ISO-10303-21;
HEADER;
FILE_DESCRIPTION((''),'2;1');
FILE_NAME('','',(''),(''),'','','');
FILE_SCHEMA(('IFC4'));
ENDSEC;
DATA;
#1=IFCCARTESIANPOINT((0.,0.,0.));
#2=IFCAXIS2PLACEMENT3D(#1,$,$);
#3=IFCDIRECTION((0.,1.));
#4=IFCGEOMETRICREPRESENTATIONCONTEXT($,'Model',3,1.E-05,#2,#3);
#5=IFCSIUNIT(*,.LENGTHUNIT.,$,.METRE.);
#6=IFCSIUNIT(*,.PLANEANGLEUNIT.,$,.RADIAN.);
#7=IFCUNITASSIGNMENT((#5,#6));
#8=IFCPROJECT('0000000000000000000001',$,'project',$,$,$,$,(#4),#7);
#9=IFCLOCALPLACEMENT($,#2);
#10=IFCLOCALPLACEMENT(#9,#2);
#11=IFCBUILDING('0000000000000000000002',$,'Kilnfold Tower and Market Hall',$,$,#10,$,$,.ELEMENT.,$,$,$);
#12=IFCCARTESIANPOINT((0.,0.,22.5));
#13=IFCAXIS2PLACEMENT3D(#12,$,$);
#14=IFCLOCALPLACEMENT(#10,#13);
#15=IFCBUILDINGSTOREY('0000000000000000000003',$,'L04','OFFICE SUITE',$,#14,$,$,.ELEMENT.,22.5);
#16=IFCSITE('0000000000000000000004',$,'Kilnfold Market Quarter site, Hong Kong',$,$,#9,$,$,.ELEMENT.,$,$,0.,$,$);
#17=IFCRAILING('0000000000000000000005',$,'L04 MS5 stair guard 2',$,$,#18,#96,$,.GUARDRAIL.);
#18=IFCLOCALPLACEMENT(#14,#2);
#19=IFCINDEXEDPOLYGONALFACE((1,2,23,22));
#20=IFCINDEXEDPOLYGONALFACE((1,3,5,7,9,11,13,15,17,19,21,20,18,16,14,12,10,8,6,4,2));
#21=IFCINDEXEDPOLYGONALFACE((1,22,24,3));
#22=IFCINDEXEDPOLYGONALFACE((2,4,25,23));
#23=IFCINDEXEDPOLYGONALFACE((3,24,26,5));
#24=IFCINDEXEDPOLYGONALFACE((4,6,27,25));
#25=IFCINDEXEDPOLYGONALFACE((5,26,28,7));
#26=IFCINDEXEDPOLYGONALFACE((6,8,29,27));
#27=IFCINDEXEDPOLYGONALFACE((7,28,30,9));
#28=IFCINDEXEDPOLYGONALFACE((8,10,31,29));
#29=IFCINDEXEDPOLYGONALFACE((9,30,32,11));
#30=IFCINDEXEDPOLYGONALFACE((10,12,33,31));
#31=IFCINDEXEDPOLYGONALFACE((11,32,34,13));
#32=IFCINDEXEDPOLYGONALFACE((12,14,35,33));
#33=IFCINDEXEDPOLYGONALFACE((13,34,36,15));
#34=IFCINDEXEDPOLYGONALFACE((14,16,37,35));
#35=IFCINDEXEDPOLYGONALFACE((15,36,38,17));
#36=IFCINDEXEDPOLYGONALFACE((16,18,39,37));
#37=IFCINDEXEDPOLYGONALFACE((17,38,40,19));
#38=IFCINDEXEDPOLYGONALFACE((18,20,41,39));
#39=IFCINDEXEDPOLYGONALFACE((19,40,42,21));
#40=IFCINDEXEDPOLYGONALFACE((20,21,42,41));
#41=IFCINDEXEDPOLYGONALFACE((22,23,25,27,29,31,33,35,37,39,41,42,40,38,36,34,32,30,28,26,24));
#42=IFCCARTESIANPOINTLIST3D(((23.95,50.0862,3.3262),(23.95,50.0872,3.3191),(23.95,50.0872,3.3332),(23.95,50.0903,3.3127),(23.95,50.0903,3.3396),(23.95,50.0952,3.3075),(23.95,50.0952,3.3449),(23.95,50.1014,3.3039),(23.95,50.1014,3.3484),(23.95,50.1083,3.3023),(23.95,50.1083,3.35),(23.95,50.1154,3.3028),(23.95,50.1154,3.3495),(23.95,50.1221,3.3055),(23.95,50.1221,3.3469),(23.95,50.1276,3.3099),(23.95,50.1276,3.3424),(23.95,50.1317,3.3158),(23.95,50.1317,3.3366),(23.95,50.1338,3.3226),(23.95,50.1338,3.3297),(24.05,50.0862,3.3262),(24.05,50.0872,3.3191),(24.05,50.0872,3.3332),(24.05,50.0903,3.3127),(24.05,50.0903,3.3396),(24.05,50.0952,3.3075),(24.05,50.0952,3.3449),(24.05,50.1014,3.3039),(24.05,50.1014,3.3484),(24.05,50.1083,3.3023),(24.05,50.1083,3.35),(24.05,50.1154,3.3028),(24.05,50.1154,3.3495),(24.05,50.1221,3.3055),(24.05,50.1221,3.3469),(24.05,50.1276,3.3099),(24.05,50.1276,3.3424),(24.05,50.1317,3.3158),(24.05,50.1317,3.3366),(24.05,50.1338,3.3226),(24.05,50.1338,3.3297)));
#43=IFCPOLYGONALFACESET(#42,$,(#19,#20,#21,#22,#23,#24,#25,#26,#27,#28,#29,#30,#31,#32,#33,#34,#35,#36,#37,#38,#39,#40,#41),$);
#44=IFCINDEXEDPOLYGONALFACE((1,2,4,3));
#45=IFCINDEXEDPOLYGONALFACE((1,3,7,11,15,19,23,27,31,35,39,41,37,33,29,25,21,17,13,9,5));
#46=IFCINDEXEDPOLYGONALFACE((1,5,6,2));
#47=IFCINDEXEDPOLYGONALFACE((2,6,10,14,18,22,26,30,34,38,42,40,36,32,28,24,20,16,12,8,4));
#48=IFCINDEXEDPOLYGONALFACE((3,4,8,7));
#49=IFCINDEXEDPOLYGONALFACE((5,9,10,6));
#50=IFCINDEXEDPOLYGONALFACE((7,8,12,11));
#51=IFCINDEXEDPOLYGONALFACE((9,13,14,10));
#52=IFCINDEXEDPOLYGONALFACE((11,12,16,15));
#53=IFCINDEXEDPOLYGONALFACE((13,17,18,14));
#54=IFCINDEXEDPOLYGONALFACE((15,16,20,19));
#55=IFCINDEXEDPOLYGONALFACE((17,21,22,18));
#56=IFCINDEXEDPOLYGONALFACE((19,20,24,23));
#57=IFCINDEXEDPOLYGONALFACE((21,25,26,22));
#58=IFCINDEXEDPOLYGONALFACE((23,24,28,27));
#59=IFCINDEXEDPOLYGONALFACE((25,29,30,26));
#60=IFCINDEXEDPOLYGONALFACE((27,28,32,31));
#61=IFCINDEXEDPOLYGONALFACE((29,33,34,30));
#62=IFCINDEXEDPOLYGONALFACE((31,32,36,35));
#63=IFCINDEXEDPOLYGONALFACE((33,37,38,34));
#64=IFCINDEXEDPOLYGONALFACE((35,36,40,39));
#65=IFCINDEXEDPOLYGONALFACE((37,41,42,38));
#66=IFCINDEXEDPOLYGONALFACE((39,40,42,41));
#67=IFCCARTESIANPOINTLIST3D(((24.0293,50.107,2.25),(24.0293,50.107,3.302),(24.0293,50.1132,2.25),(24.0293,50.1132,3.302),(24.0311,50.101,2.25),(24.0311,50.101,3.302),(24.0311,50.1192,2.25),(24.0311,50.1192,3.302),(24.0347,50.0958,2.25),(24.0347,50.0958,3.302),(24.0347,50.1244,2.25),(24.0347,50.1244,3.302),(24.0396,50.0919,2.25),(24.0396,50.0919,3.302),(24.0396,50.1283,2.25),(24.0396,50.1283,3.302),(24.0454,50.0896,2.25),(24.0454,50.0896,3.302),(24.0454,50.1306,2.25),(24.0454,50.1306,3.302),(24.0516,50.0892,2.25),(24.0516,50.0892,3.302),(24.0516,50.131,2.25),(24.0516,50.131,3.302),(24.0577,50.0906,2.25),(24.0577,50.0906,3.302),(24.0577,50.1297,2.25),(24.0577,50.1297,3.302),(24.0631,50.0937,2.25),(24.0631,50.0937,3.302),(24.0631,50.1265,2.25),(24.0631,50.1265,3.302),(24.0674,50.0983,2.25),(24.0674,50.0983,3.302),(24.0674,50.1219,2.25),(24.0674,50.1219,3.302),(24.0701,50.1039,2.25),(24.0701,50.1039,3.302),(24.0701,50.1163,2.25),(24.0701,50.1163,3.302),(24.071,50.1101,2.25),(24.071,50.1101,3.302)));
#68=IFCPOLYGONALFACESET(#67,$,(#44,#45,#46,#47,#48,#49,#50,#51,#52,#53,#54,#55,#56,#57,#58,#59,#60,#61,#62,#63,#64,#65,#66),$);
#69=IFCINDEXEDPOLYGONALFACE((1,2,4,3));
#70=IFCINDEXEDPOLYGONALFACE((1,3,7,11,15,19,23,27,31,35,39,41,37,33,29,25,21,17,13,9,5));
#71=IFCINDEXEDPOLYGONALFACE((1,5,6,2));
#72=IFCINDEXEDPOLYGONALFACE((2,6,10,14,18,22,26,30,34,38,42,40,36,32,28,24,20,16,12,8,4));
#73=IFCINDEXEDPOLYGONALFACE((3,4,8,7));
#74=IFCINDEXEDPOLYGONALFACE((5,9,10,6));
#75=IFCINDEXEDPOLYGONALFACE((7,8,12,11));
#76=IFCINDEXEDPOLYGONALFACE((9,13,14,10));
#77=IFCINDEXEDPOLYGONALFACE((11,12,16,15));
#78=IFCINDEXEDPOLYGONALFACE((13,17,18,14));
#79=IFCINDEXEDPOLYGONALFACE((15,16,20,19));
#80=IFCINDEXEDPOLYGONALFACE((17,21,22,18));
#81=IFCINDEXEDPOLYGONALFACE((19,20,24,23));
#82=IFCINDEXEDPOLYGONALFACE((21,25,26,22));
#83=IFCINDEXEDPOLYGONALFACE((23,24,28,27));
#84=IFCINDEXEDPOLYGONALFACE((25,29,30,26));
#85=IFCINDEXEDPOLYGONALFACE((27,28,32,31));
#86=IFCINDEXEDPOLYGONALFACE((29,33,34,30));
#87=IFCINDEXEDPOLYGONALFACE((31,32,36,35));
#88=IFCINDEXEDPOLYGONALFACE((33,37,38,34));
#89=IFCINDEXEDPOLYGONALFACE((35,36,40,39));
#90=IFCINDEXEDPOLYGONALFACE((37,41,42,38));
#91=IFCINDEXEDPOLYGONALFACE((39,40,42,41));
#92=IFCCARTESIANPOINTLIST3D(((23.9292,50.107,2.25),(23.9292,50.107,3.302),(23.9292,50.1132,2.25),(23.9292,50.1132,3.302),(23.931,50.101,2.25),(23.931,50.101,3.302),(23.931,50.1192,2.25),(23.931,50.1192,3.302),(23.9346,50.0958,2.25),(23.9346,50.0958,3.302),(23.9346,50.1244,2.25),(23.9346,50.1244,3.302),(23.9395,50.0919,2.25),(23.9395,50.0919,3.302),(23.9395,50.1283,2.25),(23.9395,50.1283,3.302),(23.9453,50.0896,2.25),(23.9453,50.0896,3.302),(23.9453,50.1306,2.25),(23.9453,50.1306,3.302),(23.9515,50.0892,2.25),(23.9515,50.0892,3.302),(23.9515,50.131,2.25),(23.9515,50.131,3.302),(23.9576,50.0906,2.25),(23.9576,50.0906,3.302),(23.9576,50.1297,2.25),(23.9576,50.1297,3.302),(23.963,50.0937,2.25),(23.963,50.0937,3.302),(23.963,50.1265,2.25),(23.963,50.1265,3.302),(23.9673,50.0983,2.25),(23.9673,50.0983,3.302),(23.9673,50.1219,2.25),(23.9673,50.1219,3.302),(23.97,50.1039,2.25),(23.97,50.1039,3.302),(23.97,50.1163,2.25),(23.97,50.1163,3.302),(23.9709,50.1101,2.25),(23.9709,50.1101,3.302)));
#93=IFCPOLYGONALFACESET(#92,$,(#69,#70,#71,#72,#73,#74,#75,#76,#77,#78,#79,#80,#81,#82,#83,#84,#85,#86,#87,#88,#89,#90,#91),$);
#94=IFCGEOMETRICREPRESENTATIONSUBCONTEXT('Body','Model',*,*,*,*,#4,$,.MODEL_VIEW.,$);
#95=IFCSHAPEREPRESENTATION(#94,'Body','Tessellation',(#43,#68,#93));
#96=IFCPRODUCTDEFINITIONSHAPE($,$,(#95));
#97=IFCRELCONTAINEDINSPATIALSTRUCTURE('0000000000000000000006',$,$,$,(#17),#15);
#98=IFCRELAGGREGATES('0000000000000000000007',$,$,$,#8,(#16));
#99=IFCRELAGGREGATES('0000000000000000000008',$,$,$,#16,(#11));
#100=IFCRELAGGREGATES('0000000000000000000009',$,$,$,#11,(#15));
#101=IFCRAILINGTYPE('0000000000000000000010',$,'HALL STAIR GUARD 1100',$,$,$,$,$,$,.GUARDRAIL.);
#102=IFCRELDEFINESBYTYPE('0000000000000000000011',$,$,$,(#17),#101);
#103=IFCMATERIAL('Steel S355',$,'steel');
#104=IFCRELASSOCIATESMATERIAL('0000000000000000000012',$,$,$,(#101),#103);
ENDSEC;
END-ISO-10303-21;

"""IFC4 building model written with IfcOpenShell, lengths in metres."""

from ifc_helpers import new_model, si_unit, direction, frame, origin, origin_2d, place, context, subcontext, project, spatial, circle, extrude, material, type_object, element, save


model = new_model("IFC4")

# Units and contexts
model_context = context("Model", 3, precision=1e-05, world=origin(), true_north=direction((0.0, 1.0)))
body_context = subcontext(model_context, "Body", "Model", "MODEL_VIEW")
ifc_project = project(units=[si_unit("LENGTHUNIT", "METRE"), si_unit("PLANEANGLEUNIT", "RADIAN")], contexts=[model_context])

# Site, building, storey
site_placement = place(None, origin())
site = spatial("IfcSite", under=ifc_project, at=site_placement, Name="Kilnfold Market Quarter site, Hong Kong", CompositionType="ELEMENT", RefElevation=0.0)
building_placement = place(site_placement, origin())
building = spatial("IfcBuilding", under=site, at=building_placement, Name="Kilnfold Tower and Market Hall", CompositionType="ELEMENT")
storey_placement = place(building_placement, frame((0.0, 0.0, 22.5)))
storey = spatial("IfcBuildingStorey", under=building, at=storey_placement, Name="L04", Description="OFFICE SUITE", CompositionType="ELEMENT", Elevation=22.5)

# Railing
ifc_material_1 = material(Name="Steel S355", Category="steel")
railing_type_1 = type_object("IfcRailingType", Name="HALL STAIR GUARD 1100", PredefinedType="GUARDRAIL", material=ifc_material_1)
railing_1_placement = place(storey_placement, frame((24.05, 50.1101, 2.25)))
element("IfcRailing", 1, at=railing_1_placement, inside=storey, type_object=railing_type_1, Name="L04 MS5 stair guard 2", PredefinedType="GUARDRAIL", context=body_context, shape_type="SweptSolid", body=[
    extrude(circle(Radius=0.0239, at=origin_2d()), frame((0.0, 0.0, 1.0762), z_axis=(-1.0, 0.0, 0.0), x_axis=(0.0, -1.0, 0.0)), (0.0, 0.0, 1.0), 0.1001),
    extrude(circle(Radius=0.021, at=origin_2d()), origin(), (0.0, 0.0, 1.0), 1.052),
    extrude(circle(Radius=0.021, at=origin_2d()), frame((-0.1001, 0.0, 0.0)), (0.0, 0.0, 1.0), 1.052),
])

save(model, "model.ifc")
